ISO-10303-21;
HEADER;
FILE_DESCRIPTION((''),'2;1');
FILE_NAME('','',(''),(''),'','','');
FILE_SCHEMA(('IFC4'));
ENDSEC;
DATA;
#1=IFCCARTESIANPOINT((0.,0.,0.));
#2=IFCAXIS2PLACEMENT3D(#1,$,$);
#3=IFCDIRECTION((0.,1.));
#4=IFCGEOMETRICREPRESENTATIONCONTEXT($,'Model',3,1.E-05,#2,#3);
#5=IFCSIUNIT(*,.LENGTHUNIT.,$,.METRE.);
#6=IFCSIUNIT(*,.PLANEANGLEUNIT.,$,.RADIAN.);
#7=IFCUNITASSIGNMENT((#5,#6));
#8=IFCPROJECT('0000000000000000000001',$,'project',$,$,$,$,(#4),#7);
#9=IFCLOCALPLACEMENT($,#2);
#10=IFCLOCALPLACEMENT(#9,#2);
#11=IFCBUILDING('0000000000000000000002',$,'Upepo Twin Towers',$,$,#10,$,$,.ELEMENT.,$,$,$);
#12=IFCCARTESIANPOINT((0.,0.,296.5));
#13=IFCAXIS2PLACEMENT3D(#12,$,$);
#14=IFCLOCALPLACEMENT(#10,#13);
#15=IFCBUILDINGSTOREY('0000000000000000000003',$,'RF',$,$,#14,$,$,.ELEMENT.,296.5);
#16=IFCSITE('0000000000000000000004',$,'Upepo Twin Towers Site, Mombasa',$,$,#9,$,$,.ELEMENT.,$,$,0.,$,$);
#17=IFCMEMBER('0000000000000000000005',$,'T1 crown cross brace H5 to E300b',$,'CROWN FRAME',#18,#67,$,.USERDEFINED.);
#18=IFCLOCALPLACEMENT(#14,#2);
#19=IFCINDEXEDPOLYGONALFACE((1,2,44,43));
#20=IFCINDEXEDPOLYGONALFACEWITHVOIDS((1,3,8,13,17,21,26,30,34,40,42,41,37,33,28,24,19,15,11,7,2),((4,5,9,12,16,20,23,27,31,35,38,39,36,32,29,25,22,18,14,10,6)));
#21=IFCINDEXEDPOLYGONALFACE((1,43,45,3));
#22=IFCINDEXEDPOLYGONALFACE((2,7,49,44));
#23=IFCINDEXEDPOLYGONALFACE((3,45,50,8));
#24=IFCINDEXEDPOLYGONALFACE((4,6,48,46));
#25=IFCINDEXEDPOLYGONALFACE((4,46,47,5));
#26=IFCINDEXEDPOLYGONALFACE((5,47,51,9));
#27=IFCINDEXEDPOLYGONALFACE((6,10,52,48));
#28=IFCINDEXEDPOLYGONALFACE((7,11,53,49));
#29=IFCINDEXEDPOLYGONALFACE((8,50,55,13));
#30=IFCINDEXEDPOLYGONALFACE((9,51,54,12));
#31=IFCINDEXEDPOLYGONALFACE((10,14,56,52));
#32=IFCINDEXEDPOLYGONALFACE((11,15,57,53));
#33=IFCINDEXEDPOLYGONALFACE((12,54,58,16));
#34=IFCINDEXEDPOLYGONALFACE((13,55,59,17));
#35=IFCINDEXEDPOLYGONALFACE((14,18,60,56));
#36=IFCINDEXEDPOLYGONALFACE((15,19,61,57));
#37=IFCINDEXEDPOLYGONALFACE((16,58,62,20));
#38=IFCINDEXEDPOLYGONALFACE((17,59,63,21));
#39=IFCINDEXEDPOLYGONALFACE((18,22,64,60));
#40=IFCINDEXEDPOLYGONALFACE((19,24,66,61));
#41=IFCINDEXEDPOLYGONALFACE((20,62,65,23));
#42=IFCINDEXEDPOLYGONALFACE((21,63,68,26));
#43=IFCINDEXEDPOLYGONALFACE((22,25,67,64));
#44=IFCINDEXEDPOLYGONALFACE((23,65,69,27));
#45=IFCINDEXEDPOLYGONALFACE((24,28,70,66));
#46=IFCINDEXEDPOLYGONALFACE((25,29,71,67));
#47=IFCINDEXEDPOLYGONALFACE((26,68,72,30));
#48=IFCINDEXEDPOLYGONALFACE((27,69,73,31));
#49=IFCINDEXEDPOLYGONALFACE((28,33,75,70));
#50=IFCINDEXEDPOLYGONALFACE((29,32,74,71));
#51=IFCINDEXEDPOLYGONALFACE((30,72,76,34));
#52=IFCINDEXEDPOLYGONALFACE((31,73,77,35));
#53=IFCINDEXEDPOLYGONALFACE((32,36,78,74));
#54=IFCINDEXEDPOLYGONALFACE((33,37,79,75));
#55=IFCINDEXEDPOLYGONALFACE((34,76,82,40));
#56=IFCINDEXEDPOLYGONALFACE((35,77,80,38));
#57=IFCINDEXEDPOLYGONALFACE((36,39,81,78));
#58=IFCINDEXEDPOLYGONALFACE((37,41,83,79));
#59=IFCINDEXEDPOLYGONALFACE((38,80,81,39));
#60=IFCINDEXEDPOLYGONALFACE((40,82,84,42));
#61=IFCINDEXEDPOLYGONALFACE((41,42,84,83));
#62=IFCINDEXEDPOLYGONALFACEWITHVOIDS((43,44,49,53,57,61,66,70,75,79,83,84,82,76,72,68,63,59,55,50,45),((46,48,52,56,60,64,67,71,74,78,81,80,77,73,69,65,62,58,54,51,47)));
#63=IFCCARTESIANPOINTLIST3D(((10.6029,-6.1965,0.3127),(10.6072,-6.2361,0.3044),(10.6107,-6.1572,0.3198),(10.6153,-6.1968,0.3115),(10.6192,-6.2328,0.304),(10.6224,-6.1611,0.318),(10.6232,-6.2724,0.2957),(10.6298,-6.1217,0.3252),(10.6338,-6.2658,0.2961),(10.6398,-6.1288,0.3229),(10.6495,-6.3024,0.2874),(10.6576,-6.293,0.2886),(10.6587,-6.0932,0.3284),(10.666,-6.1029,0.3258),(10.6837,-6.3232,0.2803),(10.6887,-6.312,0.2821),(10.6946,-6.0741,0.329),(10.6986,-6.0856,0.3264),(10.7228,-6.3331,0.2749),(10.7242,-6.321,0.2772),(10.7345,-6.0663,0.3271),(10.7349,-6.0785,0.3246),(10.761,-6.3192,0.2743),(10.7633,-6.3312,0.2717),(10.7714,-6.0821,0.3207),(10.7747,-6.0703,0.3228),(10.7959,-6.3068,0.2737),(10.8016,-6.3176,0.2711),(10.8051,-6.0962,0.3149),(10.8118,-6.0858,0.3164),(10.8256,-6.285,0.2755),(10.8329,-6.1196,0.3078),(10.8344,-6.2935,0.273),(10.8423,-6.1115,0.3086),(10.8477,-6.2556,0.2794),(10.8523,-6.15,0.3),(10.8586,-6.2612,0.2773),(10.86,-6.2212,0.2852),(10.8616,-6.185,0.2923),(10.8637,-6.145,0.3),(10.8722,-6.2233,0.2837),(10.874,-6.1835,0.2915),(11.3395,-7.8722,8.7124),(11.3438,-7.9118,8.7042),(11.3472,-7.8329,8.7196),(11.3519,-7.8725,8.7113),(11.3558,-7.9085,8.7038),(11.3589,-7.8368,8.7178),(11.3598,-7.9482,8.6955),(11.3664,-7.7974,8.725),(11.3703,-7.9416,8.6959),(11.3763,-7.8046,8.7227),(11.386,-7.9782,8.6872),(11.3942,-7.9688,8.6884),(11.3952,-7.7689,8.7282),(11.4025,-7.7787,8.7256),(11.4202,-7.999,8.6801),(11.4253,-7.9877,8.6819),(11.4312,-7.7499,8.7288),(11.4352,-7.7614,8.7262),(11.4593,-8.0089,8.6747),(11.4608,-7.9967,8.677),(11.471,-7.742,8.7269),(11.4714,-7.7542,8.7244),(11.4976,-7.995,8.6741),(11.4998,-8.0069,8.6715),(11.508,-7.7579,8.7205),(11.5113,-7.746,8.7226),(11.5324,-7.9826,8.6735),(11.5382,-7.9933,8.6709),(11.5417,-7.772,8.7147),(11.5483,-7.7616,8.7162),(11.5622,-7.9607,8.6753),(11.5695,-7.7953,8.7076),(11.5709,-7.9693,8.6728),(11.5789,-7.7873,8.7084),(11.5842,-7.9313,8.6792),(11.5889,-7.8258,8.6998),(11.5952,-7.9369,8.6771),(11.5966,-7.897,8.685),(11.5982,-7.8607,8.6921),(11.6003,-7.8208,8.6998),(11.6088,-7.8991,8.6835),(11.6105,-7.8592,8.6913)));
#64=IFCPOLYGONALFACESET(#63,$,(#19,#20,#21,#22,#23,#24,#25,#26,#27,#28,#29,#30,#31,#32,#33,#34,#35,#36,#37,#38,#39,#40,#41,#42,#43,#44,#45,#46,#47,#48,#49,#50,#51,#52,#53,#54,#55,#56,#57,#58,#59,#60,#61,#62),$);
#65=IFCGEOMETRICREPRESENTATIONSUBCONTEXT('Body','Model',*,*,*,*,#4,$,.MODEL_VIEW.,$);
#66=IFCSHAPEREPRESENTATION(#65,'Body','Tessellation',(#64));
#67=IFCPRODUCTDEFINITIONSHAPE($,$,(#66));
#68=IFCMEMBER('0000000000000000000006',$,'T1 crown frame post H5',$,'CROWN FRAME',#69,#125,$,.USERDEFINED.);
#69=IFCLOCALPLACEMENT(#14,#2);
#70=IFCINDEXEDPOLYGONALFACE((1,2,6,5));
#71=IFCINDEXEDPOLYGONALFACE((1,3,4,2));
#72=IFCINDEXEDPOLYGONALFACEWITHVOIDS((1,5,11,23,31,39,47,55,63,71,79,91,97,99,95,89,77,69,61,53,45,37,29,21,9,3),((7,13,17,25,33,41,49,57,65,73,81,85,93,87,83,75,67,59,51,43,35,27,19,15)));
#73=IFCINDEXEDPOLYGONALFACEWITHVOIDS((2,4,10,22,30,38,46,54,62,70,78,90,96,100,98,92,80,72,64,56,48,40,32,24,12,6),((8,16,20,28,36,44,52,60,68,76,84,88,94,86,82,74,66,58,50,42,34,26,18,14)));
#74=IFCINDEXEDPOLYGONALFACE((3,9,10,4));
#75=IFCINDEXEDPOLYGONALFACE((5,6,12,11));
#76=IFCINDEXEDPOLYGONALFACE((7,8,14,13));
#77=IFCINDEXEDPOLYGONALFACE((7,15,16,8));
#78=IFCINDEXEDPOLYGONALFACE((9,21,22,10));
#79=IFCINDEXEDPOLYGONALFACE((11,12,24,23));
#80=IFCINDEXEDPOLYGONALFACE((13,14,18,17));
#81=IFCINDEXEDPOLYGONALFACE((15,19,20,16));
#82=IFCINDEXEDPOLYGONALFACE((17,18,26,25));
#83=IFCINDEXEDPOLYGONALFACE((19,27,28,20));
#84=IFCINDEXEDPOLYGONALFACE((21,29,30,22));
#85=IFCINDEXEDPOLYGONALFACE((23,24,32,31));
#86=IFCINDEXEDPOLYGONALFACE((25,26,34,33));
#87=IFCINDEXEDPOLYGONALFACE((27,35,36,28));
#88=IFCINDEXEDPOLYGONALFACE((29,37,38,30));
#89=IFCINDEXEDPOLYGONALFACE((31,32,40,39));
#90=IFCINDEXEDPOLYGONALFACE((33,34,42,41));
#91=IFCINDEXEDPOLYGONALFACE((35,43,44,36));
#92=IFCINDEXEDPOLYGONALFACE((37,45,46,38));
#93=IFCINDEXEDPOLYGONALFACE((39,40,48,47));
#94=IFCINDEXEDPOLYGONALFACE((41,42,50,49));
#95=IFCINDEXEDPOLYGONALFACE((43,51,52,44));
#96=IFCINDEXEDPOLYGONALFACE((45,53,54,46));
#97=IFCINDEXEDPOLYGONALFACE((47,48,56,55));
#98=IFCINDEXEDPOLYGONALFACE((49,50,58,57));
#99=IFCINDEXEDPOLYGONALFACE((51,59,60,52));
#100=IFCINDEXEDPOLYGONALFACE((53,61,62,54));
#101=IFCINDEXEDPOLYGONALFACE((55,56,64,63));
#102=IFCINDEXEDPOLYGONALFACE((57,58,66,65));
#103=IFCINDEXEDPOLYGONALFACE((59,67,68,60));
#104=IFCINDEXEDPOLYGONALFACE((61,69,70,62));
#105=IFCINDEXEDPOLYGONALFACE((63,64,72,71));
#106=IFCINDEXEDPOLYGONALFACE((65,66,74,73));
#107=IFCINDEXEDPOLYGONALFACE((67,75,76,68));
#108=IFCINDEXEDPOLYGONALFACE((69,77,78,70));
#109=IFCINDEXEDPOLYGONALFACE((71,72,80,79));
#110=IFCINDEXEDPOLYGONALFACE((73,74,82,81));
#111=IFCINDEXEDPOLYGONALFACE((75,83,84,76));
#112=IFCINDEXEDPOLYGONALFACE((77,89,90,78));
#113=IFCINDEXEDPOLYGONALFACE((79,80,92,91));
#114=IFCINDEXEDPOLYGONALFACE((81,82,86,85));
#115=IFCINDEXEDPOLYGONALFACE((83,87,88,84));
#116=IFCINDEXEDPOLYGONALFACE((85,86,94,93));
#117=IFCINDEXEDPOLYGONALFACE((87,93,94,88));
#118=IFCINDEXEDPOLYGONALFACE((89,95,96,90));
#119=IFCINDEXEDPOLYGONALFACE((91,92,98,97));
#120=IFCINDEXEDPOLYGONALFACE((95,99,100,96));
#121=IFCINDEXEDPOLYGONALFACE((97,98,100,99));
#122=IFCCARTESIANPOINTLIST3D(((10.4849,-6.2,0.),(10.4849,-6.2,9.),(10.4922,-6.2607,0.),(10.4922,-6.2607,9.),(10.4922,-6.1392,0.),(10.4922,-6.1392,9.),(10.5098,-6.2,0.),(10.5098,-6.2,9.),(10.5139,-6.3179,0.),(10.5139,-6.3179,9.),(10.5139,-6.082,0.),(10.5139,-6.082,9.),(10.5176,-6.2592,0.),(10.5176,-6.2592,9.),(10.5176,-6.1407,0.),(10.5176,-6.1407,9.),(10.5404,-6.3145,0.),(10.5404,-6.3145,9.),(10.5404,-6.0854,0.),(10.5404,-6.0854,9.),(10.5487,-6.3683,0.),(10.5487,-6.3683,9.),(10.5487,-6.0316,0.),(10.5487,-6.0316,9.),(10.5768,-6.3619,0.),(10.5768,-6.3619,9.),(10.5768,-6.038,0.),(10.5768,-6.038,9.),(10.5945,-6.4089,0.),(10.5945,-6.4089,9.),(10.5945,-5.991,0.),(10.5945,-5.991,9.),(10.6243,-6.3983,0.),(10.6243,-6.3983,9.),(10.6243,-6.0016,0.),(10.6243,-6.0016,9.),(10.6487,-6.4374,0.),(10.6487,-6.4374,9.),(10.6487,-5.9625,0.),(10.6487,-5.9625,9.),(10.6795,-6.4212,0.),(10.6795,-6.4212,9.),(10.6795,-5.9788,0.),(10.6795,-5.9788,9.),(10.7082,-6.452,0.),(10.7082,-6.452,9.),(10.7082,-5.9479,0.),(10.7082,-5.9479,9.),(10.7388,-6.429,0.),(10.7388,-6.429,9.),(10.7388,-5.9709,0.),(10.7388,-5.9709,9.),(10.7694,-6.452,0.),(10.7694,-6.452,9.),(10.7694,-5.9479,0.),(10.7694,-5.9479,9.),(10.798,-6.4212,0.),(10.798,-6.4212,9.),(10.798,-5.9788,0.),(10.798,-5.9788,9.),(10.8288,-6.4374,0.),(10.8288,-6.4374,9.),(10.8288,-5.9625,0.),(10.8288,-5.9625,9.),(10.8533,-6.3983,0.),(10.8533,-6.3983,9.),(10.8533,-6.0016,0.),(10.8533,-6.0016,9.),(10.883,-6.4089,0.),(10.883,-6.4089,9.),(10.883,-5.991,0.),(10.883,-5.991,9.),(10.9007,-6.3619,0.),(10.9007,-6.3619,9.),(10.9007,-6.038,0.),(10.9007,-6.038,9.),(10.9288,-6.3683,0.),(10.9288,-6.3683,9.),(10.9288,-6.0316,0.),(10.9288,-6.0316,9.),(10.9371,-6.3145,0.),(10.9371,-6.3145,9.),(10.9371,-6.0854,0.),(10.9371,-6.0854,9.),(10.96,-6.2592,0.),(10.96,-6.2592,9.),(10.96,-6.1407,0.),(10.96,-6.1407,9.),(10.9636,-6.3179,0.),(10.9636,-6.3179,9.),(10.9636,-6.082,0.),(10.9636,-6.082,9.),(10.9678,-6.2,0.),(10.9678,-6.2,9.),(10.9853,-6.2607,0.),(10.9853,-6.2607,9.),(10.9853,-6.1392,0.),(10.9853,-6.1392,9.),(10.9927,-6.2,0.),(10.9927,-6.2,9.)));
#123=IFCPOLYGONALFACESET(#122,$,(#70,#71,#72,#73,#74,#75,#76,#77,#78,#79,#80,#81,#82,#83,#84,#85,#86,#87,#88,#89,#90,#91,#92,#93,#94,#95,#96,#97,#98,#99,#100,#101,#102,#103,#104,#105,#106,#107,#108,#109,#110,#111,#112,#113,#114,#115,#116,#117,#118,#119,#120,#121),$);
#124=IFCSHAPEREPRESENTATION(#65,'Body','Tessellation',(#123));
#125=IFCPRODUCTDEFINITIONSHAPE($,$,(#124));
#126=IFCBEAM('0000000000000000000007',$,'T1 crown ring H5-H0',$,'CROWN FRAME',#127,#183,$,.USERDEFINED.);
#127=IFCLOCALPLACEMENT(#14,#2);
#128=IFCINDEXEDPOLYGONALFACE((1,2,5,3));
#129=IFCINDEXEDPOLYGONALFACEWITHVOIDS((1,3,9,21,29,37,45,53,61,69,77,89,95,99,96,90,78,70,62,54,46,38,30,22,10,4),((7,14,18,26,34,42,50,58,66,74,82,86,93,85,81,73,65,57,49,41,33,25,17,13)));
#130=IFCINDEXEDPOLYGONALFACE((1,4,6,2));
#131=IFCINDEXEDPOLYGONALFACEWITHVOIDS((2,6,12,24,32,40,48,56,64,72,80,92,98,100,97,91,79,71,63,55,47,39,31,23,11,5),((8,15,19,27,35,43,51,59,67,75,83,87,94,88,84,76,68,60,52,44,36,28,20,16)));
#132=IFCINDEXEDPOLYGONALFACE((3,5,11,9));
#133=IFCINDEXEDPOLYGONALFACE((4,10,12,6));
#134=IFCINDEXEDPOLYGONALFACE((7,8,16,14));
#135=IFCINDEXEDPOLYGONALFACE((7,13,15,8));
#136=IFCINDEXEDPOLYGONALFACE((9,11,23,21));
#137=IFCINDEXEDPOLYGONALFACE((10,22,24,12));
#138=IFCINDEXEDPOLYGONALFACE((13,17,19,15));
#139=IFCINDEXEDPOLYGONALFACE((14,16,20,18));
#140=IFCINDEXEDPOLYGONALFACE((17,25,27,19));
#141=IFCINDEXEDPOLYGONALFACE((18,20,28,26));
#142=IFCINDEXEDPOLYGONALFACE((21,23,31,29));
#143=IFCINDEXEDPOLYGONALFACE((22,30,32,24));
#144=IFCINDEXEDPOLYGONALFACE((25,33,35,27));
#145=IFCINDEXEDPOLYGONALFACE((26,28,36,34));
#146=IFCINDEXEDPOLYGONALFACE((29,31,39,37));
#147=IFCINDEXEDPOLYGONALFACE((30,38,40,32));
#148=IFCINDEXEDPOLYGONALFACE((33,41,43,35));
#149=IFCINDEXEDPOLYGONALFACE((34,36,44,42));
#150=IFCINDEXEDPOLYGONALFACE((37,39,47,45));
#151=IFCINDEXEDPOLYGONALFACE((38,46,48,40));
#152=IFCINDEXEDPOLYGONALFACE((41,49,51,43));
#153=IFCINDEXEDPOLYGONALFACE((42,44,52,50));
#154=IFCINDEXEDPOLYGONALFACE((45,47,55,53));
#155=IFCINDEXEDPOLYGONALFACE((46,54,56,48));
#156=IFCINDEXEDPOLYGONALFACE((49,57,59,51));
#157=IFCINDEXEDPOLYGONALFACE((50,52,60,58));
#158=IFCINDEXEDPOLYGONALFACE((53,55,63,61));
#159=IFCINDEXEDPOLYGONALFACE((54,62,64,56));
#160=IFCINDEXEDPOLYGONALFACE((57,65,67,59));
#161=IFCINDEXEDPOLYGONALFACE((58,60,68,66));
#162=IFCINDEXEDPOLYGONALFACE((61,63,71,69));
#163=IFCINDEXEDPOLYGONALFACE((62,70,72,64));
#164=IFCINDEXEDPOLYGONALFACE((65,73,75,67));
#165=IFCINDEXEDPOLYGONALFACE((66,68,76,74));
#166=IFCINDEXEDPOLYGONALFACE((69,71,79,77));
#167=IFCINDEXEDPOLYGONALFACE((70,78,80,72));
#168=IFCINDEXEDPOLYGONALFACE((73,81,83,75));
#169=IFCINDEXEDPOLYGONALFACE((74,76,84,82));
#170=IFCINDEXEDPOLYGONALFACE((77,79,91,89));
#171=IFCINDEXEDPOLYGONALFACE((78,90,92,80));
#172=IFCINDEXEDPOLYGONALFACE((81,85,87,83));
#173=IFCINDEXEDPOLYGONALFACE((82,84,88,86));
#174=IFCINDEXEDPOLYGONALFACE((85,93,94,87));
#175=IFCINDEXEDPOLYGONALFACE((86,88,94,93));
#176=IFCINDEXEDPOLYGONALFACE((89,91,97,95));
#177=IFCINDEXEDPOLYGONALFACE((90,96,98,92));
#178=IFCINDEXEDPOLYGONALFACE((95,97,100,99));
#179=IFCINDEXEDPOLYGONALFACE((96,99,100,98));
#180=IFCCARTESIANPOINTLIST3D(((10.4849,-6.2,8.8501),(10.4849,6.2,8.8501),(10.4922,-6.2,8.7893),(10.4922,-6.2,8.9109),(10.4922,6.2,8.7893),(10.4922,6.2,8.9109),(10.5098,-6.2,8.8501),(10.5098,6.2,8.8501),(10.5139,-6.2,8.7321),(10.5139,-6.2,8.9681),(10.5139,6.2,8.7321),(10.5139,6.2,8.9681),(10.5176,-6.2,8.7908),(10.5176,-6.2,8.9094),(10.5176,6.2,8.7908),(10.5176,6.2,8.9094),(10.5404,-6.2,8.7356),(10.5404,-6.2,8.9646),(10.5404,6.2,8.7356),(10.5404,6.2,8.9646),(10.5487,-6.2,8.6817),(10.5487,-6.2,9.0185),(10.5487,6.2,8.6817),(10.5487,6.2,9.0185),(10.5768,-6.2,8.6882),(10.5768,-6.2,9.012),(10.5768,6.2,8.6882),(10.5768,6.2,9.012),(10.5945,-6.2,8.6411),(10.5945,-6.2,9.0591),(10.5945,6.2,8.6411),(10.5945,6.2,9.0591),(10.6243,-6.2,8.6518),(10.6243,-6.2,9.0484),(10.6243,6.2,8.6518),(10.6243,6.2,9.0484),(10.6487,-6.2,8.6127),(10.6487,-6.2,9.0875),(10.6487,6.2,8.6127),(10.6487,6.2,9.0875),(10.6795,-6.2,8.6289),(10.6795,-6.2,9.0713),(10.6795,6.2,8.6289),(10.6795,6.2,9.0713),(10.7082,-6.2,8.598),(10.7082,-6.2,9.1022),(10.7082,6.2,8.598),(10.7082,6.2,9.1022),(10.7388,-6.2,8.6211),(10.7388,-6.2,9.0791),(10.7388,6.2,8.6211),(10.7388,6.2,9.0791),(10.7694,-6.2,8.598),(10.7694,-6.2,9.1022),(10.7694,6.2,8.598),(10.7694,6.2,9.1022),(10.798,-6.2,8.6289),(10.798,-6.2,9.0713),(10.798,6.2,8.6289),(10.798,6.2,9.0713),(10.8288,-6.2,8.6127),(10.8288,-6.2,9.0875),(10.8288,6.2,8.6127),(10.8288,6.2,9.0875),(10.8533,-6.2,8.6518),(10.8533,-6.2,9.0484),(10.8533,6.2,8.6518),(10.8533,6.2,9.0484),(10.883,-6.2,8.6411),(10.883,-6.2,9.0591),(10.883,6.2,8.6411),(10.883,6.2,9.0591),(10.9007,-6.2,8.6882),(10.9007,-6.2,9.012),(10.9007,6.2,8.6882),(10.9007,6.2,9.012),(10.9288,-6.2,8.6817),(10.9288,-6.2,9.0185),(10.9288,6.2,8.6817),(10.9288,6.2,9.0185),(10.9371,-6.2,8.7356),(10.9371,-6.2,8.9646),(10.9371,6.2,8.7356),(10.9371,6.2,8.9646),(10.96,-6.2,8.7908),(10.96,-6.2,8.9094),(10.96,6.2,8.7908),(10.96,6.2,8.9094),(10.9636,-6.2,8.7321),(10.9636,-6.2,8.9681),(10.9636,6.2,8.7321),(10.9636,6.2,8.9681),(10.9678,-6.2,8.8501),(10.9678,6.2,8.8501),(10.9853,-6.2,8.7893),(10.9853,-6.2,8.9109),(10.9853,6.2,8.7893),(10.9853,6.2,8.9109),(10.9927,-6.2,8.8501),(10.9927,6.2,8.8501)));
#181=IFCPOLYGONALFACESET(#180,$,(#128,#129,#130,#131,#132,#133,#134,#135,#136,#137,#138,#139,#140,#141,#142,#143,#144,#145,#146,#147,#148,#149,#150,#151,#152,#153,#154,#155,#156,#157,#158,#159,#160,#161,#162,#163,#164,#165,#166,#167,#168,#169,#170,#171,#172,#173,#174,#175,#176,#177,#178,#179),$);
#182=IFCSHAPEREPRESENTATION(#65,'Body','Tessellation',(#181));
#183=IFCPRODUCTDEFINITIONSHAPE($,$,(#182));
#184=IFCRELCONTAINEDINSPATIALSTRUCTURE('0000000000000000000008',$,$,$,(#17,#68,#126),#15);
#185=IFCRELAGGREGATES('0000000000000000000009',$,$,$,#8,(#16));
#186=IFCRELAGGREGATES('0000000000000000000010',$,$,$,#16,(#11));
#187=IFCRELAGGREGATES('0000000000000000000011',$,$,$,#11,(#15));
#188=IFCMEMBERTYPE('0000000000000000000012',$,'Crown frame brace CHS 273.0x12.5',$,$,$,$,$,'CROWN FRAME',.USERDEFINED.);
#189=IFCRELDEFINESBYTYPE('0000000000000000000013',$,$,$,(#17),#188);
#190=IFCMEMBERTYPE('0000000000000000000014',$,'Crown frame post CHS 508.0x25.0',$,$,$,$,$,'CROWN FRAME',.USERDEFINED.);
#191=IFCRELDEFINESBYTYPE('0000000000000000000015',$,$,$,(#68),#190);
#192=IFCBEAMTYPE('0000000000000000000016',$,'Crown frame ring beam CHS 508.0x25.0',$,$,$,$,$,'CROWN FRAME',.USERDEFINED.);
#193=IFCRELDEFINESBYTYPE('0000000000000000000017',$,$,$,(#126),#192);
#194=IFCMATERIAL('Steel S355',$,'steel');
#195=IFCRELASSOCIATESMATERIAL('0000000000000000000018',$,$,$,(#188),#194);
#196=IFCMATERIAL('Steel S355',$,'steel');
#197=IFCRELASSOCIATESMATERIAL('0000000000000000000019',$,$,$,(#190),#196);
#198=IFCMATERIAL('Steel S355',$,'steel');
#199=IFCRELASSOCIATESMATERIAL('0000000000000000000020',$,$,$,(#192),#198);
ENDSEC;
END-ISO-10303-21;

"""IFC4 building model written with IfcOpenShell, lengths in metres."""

from ifc_helpers import new_model, si_unit, direction, frame, origin, origin_2d, place, context, subcontext, project, spatial, hollow_circle, extrude, material, material_profile, profile_set, type_object, element, save


model = new_model("IFC4")

# Units and contexts
model_context = context("Model", 3, precision=1e-05, world=origin(), true_north=direction((0.0, 1.0)))
body_context = subcontext(model_context, "Body", "Model", "MODEL_VIEW")
ifc_project = project(units=[si_unit("LENGTHUNIT", "METRE"), si_unit("PLANEANGLEUNIT", "RADIAN")], contexts=[model_context])

# Site, building, storey
site_placement = place(None, origin())
site = spatial("IfcSite", under=ifc_project, at=site_placement, Name="Upepo Twin Towers Site, Mombasa", CompositionType="ELEMENT", RefElevation=0.0)
building_placement = place(site_placement, origin())
building = spatial("IfcBuilding", under=site, at=building_placement, Name="Upepo Twin Towers", CompositionType="ELEMENT")
storey_placement = place(building_placement, frame((0.0, 0.0, 296.5)))
storey = spatial("IfcBuildingStorey", under=building, at=storey_placement, Name="RF", CompositionType="ELEMENT", Elevation=296.5)

# Members
ifc_material_1 = material(Name="Steel S355", Category="steel")
ifc_material_profile_1 = material_profile(ifc_material_1, hollow_circle(Radius=0.1365, WallThickness=0.0125, at=origin_2d()), Name="CHS 273.0x12.5")
ifc_profile_set_1 = profile_set([ifc_material_profile_1], Name="Steel S355")
member_type_1 = type_object("IfcMemberType", Name="Crown frame brace CHS 273.0x12.5", ElementType="CROWN FRAME", PredefinedType="USERDEFINED", material=ifc_profile_set_1)
member_1_placement = place(storey_placement, frame((10.7388, -6.2, 0.3), z_axis=(0.085677, -0.194925, 0.977069), x_axis=(0.91547, 0.402385, 0.0)))
element("IfcMember", 1, at=member_1_placement, inside=storey, type_object=member_type_1, Name="T1 crown cross brace H5 to E300b", ObjectType="CROWN FRAME", PredefinedType="USERDEFINED", context=body_context, shape_type="SweptSolid", body=[
    extrude(hollow_circle(Radius=0.1365, WallThickness=0.0125, at=origin_2d()), origin(), (0.0, 0.0, 1.0), 8.5969),
])
ifc_material_2 = material(Name="Steel S355", Category="steel")
ifc_material_profile_2 = material_profile(ifc_material_2, hollow_circle(Radius=0.2539, WallThickness=0.0249, at=origin_2d()), Name="CHS 508.0x25.0")
ifc_profile_set_2 = profile_set([ifc_material_profile_2], Name="Steel S355")
member_type_2 = type_object("IfcMemberType", Name="Crown frame post CHS 508.0x25.0", ElementType="CROWN FRAME", PredefinedType="USERDEFINED", material=ifc_profile_set_2)
member_2_placement = place(storey_placement, frame((10.7388, -6.2, 0.0), z_axis=(0.0, 0.0, 1.0), x_axis=(1.0, 0.0, 0.0)))
element("IfcMember", 2, at=member_2_placement, inside=storey, type_object=member_type_2, Name="T1 crown frame post H5", ObjectType="CROWN FRAME", PredefinedType="USERDEFINED", context=body_context, shape_type="SweptSolid", body=[
    extrude(hollow_circle(Radius=0.2539, WallThickness=0.0249, at=origin_2d()), origin(), (0.0, 0.0, 1.0), 9.0),
])

# Beam
ifc_material_3 = material(Name="Steel S355", Category="steel")
ifc_material_profile_3 = material_profile(ifc_material_3, hollow_circle(Radius=0.2539, WallThickness=0.0249, at=origin_2d()), Name="CHS 508.0x25.0")
ifc_profile_set_3 = profile_set([ifc_material_profile_3], Name="Steel S355")
beam_type = type_object("IfcBeamType", Name="Crown frame ring beam CHS 508.0x25.0", ElementType="CROWN FRAME", PredefinedType="USERDEFINED", material=ifc_profile_set_3)
beam_1_placement = place(storey_placement, frame((10.7388, -6.2, 8.8501), z_axis=(0.0, 1.0, 0.0), x_axis=(-1.0, 0.0, 0.0)))
element("IfcBeam", 3, at=beam_1_placement, inside=storey, type_object=beam_type, Name="T1 crown ring H5-H0", ObjectType="CROWN FRAME", PredefinedType="USERDEFINED", context=body_context, shape_type="SweptSolid", body=[
    extrude(hollow_circle(Radius=0.2539, WallThickness=0.0249, at=origin_2d()), origin(), (0.0, 0.0, 1.0), 12.3999),
])

save(model, "model.ifc")
